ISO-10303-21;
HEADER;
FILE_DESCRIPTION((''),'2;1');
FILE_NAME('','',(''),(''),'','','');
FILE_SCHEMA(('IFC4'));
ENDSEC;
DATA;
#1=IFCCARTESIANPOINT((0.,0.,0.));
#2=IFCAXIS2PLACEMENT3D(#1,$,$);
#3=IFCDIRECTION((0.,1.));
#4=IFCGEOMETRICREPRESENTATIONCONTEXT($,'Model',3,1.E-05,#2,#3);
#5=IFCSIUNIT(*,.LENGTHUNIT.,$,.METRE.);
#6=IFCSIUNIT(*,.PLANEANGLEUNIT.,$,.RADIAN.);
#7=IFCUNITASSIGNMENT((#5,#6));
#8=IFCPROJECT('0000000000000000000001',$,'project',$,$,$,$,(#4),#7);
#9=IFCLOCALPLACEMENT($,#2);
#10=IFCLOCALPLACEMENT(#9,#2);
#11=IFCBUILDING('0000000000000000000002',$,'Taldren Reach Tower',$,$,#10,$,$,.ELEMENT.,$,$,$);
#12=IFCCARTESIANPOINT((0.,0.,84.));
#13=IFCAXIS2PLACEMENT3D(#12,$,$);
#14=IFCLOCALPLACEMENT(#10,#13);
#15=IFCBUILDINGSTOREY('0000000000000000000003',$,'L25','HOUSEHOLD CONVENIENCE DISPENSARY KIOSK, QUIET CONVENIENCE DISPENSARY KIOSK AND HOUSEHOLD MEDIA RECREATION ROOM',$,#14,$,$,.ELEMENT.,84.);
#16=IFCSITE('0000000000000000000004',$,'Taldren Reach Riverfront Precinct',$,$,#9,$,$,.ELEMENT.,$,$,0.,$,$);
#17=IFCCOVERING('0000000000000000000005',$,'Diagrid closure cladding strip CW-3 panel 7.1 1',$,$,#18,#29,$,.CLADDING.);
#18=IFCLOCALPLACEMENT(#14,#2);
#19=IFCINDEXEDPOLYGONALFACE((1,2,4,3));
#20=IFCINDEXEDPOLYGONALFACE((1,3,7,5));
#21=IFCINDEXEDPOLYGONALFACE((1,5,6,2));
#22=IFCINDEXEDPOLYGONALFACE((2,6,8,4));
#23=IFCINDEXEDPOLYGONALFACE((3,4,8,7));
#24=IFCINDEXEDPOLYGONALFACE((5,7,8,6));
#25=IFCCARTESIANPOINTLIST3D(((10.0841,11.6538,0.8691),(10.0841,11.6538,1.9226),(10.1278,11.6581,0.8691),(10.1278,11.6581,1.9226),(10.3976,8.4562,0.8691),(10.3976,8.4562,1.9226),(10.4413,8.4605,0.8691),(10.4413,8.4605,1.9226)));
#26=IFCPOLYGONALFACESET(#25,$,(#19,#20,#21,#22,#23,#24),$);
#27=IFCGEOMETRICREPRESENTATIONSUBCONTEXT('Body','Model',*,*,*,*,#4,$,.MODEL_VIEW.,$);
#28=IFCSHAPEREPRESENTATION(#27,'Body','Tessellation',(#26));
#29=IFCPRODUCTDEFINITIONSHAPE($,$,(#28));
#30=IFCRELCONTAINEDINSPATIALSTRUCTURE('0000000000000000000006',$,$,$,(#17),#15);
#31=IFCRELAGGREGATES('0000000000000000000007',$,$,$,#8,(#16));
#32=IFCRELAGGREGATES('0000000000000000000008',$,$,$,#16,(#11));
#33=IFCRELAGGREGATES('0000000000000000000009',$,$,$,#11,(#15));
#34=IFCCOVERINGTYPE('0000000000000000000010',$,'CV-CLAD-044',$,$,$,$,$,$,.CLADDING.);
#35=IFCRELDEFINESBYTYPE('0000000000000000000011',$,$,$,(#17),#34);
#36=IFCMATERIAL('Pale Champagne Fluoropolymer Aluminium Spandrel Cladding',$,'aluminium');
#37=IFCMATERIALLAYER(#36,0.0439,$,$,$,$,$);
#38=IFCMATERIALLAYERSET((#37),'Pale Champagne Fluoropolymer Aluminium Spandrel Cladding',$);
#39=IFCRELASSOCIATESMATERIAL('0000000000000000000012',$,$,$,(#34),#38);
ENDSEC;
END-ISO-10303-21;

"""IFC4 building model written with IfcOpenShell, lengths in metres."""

from ifc_helpers import new_model, si_unit, direction, frame, origin, origin_2d, place, context, subcontext, project, spatial, rectangle, extrude, source, transform, mapped, material, layer, layer_set, type_object, element, save


model = new_model("IFC4")

# Units and contexts
model_context = context("Model", 3, precision=1e-05, world=origin(), true_north=direction((0.0, 1.0)))
body_context = subcontext(model_context, "Body", "Model", "MODEL_VIEW")
ifc_project = project(units=[si_unit("LENGTHUNIT", "METRE"), si_unit("PLANEANGLEUNIT", "RADIAN")], contexts=[model_context])

# Site, building, storey
site_placement = place(None, origin())
site = spatial("IfcSite", under=ifc_project, at=site_placement, Name="Taldren Reach Riverfront Precinct", CompositionType="ELEMENT", RefElevation=0.0)
building_placement = place(site_placement, origin())
building = spatial("IfcBuilding", under=site, at=building_placement, Name="Taldren Reach Tower", CompositionType="ELEMENT")
storey_placement = place(building_placement, frame((0.0, 0.0, 84.0)))
storey = spatial("IfcBuildingStorey", under=building, at=storey_placement, Name="L25", Description="HOUSEHOLD CONVENIENCE DISPENSARY KIOSK, QUIET CONVENIENCE DISPENSARY KIOSK AND HOUSEHOLD MEDIA RECREATION ROOM", CompositionType="ELEMENT", Elevation=84.0)

# Covering
ifc_material_1 = material(Name="Pale Champagne Fluoropolymer Aluminium Spandrel Cladding", Category="aluminium")
ifc_layer_1 = layer(ifc_material_1, 0.0439)
ifc_layer_set_1 = layer_set([ifc_layer_1], Name="Pale Champagne Fluoropolymer Aluminium Spandrel Cladding")
covering_type = type_object("IfcCoveringType", Name="CV-CLAD-044", PredefinedType="CLADDING", material=ifc_layer_set_1)
shared_shape_1 = source(origin(), body_context, "Body", "SweptSolid", [
    extrude(rectangle(XDim=3.2129, YDim=0.0439, at=origin_2d()), origin(), (0.0, 0.0, 1.0), 1.0535),
])
for number, where, z_axis, x_axis, name in (
    (1, (10.2627, 10.0571, 0.8691), (0.0, 0.0, 1.0), (0.097583, -0.995227, 0.0), "Diagrid closure cladding strip CW-3 panel 7.1 1"),
):
    element("IfcCovering", number, at=place(storey_placement, frame(where, z_axis=z_axis, x_axis=x_axis)), inside=storey, type_object=covering_type, Name=name, PredefinedType="CLADDING", context=body_context, shape_type="MappedRepresentation", body=[
        mapped(shared_shape_1, transform((0.0, 0.0, 0.0), scale=1.0)),
    ])

save(model, "model.ifc")
